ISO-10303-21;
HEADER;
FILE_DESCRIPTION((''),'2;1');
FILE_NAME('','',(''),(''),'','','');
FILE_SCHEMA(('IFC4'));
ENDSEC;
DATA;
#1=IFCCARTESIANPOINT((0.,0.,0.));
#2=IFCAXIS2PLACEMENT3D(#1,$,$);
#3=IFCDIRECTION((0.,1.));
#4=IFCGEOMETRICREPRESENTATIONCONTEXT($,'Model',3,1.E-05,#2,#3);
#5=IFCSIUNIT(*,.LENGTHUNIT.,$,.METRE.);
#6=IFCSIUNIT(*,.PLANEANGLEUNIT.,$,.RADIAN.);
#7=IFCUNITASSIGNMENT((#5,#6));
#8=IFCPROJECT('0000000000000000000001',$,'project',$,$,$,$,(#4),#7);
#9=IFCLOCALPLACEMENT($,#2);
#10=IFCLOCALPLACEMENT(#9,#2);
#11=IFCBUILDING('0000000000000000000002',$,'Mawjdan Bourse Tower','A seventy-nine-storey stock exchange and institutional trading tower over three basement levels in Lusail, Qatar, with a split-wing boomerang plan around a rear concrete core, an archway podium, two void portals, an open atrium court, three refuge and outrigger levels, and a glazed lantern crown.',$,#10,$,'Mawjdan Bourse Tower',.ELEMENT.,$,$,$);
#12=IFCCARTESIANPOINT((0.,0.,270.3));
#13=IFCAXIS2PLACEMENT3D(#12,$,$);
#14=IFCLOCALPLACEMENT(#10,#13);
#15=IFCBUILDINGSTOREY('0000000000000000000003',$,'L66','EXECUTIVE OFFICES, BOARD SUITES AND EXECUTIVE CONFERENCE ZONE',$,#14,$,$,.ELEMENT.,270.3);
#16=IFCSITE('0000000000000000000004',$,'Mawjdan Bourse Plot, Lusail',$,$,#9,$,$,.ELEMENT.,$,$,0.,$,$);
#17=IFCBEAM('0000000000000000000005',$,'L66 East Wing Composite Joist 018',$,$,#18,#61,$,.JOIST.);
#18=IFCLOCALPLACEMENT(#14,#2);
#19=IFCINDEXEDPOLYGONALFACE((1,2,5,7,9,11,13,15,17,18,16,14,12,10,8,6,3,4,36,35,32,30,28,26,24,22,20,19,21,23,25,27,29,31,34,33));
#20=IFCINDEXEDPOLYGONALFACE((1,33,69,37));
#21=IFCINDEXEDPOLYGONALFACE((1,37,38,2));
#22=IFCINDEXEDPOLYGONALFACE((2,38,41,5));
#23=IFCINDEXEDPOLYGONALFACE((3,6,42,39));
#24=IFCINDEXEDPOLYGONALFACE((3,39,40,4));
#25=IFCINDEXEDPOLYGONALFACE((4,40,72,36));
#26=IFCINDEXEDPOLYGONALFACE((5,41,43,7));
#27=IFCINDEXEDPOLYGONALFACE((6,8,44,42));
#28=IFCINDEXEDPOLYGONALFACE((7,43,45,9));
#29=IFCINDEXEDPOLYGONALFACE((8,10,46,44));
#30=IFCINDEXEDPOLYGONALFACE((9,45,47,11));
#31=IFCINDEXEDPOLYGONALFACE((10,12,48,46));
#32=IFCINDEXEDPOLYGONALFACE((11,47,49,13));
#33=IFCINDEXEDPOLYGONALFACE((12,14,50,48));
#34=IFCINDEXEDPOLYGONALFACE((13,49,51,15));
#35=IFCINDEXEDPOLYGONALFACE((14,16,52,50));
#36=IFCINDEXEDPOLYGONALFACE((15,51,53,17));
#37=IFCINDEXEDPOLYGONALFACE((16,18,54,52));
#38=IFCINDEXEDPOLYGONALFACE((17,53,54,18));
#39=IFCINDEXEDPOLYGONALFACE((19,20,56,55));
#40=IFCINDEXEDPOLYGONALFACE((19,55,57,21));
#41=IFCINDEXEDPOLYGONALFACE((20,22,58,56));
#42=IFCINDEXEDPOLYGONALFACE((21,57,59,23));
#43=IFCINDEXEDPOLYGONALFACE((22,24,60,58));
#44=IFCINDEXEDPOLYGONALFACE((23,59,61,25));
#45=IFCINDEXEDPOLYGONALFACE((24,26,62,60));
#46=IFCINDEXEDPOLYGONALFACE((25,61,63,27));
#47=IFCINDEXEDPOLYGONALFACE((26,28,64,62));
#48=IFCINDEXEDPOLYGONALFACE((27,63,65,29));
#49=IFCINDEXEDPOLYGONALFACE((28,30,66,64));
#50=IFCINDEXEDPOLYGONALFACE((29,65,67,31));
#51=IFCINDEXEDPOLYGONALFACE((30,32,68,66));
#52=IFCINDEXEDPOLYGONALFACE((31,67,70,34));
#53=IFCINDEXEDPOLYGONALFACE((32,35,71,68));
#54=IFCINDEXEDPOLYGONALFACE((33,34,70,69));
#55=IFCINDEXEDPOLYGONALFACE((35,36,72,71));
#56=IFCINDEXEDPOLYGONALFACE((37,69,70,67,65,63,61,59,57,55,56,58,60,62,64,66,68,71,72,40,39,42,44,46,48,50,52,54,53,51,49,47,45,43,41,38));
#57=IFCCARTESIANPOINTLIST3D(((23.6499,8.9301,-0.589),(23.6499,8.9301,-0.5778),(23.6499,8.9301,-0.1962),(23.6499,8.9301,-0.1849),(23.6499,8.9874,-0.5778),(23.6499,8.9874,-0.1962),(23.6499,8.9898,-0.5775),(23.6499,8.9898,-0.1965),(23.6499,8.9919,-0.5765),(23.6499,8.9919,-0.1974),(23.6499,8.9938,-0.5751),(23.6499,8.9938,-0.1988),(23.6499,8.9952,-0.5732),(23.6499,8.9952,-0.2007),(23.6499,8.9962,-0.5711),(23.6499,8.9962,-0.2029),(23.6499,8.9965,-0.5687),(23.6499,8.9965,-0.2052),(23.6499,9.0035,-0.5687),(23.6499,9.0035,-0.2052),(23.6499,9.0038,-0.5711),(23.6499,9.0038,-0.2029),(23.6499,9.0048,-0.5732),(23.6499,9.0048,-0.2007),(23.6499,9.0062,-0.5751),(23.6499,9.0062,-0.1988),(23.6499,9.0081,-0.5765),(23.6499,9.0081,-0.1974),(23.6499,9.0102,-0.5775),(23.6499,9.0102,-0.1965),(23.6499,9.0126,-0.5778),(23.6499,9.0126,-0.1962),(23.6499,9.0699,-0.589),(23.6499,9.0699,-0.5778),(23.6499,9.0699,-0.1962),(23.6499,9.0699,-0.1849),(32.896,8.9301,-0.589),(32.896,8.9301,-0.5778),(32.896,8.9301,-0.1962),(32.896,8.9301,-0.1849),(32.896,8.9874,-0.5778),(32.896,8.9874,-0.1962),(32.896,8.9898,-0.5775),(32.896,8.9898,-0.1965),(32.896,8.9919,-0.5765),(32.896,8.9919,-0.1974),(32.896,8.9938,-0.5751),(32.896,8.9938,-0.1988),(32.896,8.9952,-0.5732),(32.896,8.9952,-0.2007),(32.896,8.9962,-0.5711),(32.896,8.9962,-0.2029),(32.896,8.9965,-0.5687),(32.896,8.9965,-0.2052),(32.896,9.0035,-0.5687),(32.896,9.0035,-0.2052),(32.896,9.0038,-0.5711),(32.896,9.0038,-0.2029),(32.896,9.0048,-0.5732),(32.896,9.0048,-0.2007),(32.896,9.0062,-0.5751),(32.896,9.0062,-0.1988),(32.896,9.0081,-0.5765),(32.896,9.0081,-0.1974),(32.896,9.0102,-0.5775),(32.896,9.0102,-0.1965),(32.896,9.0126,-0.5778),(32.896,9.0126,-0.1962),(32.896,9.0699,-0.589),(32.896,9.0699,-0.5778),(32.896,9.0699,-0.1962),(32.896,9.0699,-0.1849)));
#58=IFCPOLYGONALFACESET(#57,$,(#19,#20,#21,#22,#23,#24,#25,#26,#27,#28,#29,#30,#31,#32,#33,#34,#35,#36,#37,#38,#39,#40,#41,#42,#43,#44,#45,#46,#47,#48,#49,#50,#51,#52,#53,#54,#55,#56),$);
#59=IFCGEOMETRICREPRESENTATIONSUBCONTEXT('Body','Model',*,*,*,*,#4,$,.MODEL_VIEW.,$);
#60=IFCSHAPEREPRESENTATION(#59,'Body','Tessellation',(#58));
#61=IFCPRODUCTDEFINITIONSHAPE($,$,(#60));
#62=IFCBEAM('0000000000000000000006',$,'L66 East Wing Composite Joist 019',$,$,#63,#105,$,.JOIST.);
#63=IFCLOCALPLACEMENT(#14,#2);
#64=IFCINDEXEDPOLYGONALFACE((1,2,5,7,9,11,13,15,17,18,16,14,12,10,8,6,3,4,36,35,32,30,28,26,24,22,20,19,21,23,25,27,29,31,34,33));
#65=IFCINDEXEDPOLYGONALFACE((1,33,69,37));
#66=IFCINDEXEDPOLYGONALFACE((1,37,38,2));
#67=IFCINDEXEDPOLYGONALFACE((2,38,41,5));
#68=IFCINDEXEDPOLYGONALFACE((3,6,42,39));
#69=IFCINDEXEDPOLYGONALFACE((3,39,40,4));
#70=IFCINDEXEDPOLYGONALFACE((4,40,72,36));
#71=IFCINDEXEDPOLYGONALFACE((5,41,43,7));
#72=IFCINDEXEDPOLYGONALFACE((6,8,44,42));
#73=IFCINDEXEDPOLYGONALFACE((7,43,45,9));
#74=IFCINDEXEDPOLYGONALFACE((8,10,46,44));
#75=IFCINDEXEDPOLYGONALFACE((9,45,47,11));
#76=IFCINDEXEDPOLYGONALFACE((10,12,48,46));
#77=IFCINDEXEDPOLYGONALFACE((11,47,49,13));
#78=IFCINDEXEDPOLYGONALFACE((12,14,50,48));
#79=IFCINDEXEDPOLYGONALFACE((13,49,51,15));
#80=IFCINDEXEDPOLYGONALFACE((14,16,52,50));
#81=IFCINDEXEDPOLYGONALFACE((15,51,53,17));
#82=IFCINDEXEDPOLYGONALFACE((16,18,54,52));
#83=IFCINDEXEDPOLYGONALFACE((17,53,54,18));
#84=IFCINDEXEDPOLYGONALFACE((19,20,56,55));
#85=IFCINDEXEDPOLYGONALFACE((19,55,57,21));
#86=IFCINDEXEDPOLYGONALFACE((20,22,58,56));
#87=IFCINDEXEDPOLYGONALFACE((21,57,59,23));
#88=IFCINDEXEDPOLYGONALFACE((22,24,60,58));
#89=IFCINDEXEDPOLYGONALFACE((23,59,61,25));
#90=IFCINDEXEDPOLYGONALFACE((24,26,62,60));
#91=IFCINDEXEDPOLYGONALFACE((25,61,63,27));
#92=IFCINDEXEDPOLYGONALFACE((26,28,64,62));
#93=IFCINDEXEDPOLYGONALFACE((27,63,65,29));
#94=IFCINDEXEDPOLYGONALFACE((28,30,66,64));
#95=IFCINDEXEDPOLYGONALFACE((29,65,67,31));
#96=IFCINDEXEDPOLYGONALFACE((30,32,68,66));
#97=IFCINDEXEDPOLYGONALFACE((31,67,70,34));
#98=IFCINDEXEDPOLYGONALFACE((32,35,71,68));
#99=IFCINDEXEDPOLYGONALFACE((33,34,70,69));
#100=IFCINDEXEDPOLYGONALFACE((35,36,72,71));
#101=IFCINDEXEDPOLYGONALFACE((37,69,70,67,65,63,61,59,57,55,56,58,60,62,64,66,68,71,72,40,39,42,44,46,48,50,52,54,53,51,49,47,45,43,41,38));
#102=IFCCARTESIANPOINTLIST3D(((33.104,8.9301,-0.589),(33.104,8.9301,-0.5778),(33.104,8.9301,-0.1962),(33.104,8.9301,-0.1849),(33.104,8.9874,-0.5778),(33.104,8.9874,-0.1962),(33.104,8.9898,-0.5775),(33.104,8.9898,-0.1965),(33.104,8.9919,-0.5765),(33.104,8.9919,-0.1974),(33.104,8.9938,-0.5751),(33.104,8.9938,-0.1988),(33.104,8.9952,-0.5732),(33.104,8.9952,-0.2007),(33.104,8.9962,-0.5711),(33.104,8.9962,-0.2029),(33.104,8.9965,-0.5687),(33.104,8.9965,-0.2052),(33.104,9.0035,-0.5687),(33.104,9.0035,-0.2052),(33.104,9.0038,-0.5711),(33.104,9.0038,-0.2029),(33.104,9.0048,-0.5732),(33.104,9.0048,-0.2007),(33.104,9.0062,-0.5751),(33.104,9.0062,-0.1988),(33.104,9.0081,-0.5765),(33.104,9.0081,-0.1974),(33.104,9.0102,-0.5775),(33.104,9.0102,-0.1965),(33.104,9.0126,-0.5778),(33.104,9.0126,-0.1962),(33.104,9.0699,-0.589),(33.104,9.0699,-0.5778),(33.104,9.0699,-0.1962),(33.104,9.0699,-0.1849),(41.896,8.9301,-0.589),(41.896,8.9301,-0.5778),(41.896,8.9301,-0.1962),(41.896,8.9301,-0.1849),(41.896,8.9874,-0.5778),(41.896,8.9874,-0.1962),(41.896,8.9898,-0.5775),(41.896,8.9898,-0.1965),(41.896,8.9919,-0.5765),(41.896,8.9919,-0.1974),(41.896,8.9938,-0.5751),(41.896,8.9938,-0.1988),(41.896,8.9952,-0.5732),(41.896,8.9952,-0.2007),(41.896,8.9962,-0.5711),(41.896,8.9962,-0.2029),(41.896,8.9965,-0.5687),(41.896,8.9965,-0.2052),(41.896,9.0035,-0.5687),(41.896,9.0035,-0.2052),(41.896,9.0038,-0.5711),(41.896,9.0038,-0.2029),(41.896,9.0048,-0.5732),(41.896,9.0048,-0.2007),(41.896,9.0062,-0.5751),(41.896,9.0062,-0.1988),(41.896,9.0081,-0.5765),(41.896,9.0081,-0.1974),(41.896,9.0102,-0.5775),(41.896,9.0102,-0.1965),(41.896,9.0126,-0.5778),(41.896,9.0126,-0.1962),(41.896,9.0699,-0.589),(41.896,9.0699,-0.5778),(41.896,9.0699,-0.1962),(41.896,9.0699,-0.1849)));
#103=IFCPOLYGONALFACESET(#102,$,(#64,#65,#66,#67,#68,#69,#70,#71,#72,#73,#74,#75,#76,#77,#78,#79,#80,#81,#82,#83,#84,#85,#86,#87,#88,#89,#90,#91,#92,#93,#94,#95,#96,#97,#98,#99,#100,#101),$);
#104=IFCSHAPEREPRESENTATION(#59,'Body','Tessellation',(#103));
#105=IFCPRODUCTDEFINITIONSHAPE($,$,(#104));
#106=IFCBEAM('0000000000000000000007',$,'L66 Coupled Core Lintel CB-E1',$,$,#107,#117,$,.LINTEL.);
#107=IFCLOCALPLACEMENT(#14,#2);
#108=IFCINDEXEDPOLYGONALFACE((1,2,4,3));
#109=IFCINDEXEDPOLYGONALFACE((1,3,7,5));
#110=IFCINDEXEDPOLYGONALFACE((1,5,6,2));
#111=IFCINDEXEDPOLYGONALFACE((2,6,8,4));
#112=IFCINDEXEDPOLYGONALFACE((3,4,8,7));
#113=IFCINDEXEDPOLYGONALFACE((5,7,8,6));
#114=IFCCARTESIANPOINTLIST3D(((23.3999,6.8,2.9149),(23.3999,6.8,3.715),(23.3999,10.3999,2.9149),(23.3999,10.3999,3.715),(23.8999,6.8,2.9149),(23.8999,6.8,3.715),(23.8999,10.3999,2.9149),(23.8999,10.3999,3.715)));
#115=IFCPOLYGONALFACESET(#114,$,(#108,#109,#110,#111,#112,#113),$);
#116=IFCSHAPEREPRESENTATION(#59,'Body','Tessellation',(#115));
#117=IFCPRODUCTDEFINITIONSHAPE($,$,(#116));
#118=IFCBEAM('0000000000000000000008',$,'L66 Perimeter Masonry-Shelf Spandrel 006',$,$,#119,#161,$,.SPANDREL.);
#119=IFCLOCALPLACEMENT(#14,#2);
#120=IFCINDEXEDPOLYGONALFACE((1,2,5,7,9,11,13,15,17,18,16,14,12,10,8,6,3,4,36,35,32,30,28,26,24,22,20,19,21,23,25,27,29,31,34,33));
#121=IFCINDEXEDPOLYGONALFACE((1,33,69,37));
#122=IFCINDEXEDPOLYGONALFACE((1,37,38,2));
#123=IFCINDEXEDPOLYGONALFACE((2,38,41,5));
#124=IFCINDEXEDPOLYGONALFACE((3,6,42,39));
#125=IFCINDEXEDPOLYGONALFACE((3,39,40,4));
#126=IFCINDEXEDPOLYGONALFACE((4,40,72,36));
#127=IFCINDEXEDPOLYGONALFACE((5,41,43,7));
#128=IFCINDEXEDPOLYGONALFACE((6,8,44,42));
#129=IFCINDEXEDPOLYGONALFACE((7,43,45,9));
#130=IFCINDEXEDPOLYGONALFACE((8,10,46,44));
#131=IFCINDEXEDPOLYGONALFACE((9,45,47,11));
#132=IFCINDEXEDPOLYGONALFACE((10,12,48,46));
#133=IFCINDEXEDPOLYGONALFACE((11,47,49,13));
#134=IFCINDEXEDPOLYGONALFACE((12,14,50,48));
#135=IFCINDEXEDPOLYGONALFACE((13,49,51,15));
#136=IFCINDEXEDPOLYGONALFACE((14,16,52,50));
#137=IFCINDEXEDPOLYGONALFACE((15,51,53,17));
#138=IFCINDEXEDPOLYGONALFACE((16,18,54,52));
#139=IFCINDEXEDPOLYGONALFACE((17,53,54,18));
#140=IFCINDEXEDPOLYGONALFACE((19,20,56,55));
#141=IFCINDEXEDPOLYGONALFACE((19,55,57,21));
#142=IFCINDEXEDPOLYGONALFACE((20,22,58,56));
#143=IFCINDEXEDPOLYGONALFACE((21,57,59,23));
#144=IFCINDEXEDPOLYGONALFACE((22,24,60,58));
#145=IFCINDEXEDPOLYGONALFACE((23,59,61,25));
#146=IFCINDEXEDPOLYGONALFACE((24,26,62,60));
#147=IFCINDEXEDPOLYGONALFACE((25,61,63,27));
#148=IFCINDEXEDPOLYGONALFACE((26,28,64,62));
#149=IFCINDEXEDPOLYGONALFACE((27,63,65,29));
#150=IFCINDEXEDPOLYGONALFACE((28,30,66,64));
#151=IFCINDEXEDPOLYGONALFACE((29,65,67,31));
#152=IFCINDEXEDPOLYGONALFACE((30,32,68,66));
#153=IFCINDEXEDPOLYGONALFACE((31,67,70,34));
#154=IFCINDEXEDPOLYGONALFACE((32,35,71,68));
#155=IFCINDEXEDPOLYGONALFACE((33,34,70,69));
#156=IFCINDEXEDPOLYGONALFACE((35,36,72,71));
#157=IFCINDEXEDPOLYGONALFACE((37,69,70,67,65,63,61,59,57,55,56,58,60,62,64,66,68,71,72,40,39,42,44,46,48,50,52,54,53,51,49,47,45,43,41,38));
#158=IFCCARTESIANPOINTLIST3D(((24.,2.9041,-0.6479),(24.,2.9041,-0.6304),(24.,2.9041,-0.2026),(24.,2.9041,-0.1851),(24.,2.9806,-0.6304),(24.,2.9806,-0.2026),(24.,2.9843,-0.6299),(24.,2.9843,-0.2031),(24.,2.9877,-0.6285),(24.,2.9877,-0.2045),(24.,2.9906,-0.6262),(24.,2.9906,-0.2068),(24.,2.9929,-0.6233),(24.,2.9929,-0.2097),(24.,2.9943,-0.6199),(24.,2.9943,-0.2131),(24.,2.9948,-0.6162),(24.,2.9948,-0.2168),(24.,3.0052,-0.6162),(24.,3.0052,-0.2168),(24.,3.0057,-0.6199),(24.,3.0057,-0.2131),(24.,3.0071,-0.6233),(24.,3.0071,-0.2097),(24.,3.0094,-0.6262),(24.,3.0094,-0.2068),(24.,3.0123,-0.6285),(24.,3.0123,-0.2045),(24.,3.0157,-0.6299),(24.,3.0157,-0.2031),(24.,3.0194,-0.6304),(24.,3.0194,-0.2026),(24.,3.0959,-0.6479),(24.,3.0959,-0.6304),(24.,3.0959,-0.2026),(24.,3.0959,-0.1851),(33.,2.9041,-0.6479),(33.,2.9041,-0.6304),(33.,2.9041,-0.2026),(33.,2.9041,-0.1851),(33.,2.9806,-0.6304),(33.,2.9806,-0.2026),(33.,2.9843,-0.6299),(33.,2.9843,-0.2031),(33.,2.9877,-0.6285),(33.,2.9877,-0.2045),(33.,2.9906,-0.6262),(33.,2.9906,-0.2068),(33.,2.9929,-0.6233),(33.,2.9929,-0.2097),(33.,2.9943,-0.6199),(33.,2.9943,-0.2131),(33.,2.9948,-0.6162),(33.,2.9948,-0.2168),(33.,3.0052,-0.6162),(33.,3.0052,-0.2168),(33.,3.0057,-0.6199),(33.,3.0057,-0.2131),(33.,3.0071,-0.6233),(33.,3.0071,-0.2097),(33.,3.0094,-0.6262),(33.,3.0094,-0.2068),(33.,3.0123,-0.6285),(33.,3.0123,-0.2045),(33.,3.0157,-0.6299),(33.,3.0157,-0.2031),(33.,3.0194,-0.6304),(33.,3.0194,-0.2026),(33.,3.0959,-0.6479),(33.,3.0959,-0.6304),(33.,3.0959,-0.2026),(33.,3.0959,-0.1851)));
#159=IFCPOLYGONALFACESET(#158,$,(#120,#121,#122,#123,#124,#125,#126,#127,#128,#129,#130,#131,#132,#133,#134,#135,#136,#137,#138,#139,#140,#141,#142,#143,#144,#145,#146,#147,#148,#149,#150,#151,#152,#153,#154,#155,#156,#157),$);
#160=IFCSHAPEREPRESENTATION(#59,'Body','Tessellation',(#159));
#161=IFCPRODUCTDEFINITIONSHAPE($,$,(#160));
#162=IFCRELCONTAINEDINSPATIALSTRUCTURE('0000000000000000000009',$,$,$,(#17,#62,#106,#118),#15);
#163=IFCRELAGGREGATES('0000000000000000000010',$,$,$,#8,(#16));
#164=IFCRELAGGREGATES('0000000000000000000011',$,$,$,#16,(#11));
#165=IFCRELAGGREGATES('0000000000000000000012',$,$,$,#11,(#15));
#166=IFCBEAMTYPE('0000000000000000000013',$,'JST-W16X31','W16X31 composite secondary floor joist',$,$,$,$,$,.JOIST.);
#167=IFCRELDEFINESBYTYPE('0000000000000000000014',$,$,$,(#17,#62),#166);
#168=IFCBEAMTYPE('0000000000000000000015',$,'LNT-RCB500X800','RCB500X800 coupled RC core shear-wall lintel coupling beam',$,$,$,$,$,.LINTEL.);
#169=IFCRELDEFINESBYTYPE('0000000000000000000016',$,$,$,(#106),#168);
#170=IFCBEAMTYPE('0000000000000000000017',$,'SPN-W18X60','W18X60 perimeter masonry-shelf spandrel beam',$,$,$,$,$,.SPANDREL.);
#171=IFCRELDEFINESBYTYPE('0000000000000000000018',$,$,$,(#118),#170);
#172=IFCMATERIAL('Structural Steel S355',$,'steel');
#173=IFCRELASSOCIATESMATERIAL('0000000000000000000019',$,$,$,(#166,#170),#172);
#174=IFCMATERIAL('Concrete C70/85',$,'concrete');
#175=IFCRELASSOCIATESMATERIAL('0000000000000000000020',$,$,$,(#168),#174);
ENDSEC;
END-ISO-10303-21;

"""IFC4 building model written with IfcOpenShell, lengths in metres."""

from ifc_helpers import new_model, si_unit, direction, frame, origin, origin_2d, place, context, subcontext, project, spatial, rectangle, i_section, extrude, material, material_profile, profile_set, type_object, element, save


model = new_model("IFC4")

# Units and contexts
model_context = context("Model", 3, precision=1e-05, world=origin(), true_north=direction((0.0, 1.0)))
body_context = subcontext(model_context, "Body", "Model", "MODEL_VIEW")
ifc_project = project(units=[si_unit("LENGTHUNIT", "METRE"), si_unit("PLANEANGLEUNIT", "RADIAN")], contexts=[model_context])

# Site, building, storey
site_placement = place(None, origin())
site = spatial("IfcSite", under=ifc_project, at=site_placement, Name="Mawjdan Bourse Plot, Lusail", CompositionType="ELEMENT", RefElevation=0.0)
building_placement = place(site_placement, origin())
building = spatial("IfcBuilding", under=site, at=building_placement, Name="Mawjdan Bourse Tower", Description="A seventy-nine-storey stock exchange and institutional trading tower over three basement levels in Lusail, Qatar, with a split-wing boomerang plan around a rear concrete core, an archway podium, two void portals, an open atrium court, three refuge and outrigger levels, and a glazed lantern crown.", LongName="Mawjdan Bourse Tower", CompositionType="ELEMENT")
storey_placement = place(building_placement, frame((0.0, 0.0, 270.3)))
storey = spatial("IfcBuildingStorey", under=building, at=storey_placement, Name="L66", Description="EXECUTIVE OFFICES, BOARD SUITES AND EXECUTIVE CONFERENCE ZONE", CompositionType="ELEMENT", Elevation=270.3)

# Beams
ifc_material_1 = material(Name="Structural Steel S355", Category="steel")
ifc_material_profile_1 = material_profile(ifc_material_1, i_section(OverallWidth=0.1399, OverallDepth=0.4041, WebThickness=0.0071, FlangeThickness=0.0112, FilletRadius=0.009, at=origin_2d()), Name="W16X31")
ifc_profile_set_1 = profile_set([ifc_material_profile_1], Name="Structural Steel S355")
beam_type_1 = type_object("IfcBeamType", Name="JST-W16X31", Description="W16X31 composite secondary floor joist", PredefinedType="JOIST", material=ifc_profile_set_1)
beam_1_placement = place(storey_placement, frame((23.6499, 9.0, -0.387), z_axis=(1.0, 0.0, 0.0), x_axis=(0.0, 1.0, 0.0)))
element("IfcBeam", 1, at=beam_1_placement, inside=storey, type_object=beam_type_1, Name="L66 East Wing Composite Joist 018", PredefinedType="JOIST", context=body_context, shape_type="SweptSolid", body=[
    extrude(i_section(OverallWidth=0.1399, OverallDepth=0.4041, WebThickness=0.0071, FlangeThickness=0.0112, FilletRadius=0.009, at=origin_2d()), origin(), (0.0, 0.0, 1.0), 9.2461),
])
beam_2_placement = place(storey_placement, frame((33.104, 9.0, -0.387), z_axis=(1.0, 0.0, 0.0), x_axis=(0.0, 1.0, 0.0)))
element("IfcBeam", 2, at=beam_2_placement, inside=storey, type_object=beam_type_1, Name="L66 East Wing Composite Joist 019", PredefinedType="JOIST", context=body_context, shape_type="SweptSolid", body=[
    extrude(i_section(OverallWidth=0.1399, OverallDepth=0.4041, WebThickness=0.0071, FlangeThickness=0.0112, FilletRadius=0.009, at=origin_2d()), origin(), (0.0, 0.0, 1.0), 8.792),
])
ifc_material_2 = material(Name="Concrete C70/85", Category="concrete")
ifc_material_profile_2 = material_profile(ifc_material_2, rectangle(XDim=0.5, YDim=0.8, at=origin_2d()), Name="RCB500X800")
ifc_profile_set_2 = profile_set([ifc_material_profile_2], Name="Concrete C70/85")
beam_type_2 = type_object("IfcBeamType", Name="LNT-RCB500X800", Description="RCB500X800 coupled RC core shear-wall lintel coupling beam", PredefinedType="LINTEL", material=ifc_profile_set_2)
beam_3_placement = place(storey_placement, frame((23.6499, 6.8, 3.3149), z_axis=(0.0, 1.0, 0.0), x_axis=(-1.0, 0.0, 0.0)))
element("IfcBeam", 3, at=beam_3_placement, inside=storey, type_object=beam_type_2, Name="L66 Coupled Core Lintel CB-E1", PredefinedType="LINTEL", context=body_context, shape_type="SweptSolid", body=[
    extrude(rectangle(XDim=0.5, YDim=0.8, at=origin_2d()), origin(), (0.0, 0.0, 1.0), 3.5999),
])
ifc_material_profile_3 = material_profile(ifc_material_1, i_section(OverallWidth=0.1919, OverallDepth=0.4629, WebThickness=0.0105, FlangeThickness=0.0176, FilletRadius=0.0142, at=origin_2d()), Name="W18X60")
ifc_profile_set_3 = profile_set([ifc_material_profile_3], Name="Structural Steel S355")
beam_type_3 = type_object("IfcBeamType", Name="SPN-W18X60", Description="W18X60 perimeter masonry-shelf spandrel beam", PredefinedType="SPANDREL", material=ifc_profile_set_3)
for number, where, z_axis, x_axis, name in (
    (4, (24.0, 3.0, -0.4165), (1.0, 0.0, 0.0), (0.0, 1.0, 0.0), "L66 Perimeter Masonry-Shelf Spandrel 006"),
):
    element("IfcBeam", number, at=place(storey_placement, frame(where, z_axis=z_axis, x_axis=x_axis)), inside=storey, type_object=beam_type_3, Name=name, PredefinedType="SPANDREL", context=body_context, shape_type="SweptSolid", body=[
        extrude(i_section(OverallWidth=0.1919, OverallDepth=0.4629, WebThickness=0.0105, FlangeThickness=0.0176, FilletRadius=0.0142, at=origin_2d()), origin(), (0.0, 0.0, 1.0), 9.0),
    ])

save(model, "model.ifc")
